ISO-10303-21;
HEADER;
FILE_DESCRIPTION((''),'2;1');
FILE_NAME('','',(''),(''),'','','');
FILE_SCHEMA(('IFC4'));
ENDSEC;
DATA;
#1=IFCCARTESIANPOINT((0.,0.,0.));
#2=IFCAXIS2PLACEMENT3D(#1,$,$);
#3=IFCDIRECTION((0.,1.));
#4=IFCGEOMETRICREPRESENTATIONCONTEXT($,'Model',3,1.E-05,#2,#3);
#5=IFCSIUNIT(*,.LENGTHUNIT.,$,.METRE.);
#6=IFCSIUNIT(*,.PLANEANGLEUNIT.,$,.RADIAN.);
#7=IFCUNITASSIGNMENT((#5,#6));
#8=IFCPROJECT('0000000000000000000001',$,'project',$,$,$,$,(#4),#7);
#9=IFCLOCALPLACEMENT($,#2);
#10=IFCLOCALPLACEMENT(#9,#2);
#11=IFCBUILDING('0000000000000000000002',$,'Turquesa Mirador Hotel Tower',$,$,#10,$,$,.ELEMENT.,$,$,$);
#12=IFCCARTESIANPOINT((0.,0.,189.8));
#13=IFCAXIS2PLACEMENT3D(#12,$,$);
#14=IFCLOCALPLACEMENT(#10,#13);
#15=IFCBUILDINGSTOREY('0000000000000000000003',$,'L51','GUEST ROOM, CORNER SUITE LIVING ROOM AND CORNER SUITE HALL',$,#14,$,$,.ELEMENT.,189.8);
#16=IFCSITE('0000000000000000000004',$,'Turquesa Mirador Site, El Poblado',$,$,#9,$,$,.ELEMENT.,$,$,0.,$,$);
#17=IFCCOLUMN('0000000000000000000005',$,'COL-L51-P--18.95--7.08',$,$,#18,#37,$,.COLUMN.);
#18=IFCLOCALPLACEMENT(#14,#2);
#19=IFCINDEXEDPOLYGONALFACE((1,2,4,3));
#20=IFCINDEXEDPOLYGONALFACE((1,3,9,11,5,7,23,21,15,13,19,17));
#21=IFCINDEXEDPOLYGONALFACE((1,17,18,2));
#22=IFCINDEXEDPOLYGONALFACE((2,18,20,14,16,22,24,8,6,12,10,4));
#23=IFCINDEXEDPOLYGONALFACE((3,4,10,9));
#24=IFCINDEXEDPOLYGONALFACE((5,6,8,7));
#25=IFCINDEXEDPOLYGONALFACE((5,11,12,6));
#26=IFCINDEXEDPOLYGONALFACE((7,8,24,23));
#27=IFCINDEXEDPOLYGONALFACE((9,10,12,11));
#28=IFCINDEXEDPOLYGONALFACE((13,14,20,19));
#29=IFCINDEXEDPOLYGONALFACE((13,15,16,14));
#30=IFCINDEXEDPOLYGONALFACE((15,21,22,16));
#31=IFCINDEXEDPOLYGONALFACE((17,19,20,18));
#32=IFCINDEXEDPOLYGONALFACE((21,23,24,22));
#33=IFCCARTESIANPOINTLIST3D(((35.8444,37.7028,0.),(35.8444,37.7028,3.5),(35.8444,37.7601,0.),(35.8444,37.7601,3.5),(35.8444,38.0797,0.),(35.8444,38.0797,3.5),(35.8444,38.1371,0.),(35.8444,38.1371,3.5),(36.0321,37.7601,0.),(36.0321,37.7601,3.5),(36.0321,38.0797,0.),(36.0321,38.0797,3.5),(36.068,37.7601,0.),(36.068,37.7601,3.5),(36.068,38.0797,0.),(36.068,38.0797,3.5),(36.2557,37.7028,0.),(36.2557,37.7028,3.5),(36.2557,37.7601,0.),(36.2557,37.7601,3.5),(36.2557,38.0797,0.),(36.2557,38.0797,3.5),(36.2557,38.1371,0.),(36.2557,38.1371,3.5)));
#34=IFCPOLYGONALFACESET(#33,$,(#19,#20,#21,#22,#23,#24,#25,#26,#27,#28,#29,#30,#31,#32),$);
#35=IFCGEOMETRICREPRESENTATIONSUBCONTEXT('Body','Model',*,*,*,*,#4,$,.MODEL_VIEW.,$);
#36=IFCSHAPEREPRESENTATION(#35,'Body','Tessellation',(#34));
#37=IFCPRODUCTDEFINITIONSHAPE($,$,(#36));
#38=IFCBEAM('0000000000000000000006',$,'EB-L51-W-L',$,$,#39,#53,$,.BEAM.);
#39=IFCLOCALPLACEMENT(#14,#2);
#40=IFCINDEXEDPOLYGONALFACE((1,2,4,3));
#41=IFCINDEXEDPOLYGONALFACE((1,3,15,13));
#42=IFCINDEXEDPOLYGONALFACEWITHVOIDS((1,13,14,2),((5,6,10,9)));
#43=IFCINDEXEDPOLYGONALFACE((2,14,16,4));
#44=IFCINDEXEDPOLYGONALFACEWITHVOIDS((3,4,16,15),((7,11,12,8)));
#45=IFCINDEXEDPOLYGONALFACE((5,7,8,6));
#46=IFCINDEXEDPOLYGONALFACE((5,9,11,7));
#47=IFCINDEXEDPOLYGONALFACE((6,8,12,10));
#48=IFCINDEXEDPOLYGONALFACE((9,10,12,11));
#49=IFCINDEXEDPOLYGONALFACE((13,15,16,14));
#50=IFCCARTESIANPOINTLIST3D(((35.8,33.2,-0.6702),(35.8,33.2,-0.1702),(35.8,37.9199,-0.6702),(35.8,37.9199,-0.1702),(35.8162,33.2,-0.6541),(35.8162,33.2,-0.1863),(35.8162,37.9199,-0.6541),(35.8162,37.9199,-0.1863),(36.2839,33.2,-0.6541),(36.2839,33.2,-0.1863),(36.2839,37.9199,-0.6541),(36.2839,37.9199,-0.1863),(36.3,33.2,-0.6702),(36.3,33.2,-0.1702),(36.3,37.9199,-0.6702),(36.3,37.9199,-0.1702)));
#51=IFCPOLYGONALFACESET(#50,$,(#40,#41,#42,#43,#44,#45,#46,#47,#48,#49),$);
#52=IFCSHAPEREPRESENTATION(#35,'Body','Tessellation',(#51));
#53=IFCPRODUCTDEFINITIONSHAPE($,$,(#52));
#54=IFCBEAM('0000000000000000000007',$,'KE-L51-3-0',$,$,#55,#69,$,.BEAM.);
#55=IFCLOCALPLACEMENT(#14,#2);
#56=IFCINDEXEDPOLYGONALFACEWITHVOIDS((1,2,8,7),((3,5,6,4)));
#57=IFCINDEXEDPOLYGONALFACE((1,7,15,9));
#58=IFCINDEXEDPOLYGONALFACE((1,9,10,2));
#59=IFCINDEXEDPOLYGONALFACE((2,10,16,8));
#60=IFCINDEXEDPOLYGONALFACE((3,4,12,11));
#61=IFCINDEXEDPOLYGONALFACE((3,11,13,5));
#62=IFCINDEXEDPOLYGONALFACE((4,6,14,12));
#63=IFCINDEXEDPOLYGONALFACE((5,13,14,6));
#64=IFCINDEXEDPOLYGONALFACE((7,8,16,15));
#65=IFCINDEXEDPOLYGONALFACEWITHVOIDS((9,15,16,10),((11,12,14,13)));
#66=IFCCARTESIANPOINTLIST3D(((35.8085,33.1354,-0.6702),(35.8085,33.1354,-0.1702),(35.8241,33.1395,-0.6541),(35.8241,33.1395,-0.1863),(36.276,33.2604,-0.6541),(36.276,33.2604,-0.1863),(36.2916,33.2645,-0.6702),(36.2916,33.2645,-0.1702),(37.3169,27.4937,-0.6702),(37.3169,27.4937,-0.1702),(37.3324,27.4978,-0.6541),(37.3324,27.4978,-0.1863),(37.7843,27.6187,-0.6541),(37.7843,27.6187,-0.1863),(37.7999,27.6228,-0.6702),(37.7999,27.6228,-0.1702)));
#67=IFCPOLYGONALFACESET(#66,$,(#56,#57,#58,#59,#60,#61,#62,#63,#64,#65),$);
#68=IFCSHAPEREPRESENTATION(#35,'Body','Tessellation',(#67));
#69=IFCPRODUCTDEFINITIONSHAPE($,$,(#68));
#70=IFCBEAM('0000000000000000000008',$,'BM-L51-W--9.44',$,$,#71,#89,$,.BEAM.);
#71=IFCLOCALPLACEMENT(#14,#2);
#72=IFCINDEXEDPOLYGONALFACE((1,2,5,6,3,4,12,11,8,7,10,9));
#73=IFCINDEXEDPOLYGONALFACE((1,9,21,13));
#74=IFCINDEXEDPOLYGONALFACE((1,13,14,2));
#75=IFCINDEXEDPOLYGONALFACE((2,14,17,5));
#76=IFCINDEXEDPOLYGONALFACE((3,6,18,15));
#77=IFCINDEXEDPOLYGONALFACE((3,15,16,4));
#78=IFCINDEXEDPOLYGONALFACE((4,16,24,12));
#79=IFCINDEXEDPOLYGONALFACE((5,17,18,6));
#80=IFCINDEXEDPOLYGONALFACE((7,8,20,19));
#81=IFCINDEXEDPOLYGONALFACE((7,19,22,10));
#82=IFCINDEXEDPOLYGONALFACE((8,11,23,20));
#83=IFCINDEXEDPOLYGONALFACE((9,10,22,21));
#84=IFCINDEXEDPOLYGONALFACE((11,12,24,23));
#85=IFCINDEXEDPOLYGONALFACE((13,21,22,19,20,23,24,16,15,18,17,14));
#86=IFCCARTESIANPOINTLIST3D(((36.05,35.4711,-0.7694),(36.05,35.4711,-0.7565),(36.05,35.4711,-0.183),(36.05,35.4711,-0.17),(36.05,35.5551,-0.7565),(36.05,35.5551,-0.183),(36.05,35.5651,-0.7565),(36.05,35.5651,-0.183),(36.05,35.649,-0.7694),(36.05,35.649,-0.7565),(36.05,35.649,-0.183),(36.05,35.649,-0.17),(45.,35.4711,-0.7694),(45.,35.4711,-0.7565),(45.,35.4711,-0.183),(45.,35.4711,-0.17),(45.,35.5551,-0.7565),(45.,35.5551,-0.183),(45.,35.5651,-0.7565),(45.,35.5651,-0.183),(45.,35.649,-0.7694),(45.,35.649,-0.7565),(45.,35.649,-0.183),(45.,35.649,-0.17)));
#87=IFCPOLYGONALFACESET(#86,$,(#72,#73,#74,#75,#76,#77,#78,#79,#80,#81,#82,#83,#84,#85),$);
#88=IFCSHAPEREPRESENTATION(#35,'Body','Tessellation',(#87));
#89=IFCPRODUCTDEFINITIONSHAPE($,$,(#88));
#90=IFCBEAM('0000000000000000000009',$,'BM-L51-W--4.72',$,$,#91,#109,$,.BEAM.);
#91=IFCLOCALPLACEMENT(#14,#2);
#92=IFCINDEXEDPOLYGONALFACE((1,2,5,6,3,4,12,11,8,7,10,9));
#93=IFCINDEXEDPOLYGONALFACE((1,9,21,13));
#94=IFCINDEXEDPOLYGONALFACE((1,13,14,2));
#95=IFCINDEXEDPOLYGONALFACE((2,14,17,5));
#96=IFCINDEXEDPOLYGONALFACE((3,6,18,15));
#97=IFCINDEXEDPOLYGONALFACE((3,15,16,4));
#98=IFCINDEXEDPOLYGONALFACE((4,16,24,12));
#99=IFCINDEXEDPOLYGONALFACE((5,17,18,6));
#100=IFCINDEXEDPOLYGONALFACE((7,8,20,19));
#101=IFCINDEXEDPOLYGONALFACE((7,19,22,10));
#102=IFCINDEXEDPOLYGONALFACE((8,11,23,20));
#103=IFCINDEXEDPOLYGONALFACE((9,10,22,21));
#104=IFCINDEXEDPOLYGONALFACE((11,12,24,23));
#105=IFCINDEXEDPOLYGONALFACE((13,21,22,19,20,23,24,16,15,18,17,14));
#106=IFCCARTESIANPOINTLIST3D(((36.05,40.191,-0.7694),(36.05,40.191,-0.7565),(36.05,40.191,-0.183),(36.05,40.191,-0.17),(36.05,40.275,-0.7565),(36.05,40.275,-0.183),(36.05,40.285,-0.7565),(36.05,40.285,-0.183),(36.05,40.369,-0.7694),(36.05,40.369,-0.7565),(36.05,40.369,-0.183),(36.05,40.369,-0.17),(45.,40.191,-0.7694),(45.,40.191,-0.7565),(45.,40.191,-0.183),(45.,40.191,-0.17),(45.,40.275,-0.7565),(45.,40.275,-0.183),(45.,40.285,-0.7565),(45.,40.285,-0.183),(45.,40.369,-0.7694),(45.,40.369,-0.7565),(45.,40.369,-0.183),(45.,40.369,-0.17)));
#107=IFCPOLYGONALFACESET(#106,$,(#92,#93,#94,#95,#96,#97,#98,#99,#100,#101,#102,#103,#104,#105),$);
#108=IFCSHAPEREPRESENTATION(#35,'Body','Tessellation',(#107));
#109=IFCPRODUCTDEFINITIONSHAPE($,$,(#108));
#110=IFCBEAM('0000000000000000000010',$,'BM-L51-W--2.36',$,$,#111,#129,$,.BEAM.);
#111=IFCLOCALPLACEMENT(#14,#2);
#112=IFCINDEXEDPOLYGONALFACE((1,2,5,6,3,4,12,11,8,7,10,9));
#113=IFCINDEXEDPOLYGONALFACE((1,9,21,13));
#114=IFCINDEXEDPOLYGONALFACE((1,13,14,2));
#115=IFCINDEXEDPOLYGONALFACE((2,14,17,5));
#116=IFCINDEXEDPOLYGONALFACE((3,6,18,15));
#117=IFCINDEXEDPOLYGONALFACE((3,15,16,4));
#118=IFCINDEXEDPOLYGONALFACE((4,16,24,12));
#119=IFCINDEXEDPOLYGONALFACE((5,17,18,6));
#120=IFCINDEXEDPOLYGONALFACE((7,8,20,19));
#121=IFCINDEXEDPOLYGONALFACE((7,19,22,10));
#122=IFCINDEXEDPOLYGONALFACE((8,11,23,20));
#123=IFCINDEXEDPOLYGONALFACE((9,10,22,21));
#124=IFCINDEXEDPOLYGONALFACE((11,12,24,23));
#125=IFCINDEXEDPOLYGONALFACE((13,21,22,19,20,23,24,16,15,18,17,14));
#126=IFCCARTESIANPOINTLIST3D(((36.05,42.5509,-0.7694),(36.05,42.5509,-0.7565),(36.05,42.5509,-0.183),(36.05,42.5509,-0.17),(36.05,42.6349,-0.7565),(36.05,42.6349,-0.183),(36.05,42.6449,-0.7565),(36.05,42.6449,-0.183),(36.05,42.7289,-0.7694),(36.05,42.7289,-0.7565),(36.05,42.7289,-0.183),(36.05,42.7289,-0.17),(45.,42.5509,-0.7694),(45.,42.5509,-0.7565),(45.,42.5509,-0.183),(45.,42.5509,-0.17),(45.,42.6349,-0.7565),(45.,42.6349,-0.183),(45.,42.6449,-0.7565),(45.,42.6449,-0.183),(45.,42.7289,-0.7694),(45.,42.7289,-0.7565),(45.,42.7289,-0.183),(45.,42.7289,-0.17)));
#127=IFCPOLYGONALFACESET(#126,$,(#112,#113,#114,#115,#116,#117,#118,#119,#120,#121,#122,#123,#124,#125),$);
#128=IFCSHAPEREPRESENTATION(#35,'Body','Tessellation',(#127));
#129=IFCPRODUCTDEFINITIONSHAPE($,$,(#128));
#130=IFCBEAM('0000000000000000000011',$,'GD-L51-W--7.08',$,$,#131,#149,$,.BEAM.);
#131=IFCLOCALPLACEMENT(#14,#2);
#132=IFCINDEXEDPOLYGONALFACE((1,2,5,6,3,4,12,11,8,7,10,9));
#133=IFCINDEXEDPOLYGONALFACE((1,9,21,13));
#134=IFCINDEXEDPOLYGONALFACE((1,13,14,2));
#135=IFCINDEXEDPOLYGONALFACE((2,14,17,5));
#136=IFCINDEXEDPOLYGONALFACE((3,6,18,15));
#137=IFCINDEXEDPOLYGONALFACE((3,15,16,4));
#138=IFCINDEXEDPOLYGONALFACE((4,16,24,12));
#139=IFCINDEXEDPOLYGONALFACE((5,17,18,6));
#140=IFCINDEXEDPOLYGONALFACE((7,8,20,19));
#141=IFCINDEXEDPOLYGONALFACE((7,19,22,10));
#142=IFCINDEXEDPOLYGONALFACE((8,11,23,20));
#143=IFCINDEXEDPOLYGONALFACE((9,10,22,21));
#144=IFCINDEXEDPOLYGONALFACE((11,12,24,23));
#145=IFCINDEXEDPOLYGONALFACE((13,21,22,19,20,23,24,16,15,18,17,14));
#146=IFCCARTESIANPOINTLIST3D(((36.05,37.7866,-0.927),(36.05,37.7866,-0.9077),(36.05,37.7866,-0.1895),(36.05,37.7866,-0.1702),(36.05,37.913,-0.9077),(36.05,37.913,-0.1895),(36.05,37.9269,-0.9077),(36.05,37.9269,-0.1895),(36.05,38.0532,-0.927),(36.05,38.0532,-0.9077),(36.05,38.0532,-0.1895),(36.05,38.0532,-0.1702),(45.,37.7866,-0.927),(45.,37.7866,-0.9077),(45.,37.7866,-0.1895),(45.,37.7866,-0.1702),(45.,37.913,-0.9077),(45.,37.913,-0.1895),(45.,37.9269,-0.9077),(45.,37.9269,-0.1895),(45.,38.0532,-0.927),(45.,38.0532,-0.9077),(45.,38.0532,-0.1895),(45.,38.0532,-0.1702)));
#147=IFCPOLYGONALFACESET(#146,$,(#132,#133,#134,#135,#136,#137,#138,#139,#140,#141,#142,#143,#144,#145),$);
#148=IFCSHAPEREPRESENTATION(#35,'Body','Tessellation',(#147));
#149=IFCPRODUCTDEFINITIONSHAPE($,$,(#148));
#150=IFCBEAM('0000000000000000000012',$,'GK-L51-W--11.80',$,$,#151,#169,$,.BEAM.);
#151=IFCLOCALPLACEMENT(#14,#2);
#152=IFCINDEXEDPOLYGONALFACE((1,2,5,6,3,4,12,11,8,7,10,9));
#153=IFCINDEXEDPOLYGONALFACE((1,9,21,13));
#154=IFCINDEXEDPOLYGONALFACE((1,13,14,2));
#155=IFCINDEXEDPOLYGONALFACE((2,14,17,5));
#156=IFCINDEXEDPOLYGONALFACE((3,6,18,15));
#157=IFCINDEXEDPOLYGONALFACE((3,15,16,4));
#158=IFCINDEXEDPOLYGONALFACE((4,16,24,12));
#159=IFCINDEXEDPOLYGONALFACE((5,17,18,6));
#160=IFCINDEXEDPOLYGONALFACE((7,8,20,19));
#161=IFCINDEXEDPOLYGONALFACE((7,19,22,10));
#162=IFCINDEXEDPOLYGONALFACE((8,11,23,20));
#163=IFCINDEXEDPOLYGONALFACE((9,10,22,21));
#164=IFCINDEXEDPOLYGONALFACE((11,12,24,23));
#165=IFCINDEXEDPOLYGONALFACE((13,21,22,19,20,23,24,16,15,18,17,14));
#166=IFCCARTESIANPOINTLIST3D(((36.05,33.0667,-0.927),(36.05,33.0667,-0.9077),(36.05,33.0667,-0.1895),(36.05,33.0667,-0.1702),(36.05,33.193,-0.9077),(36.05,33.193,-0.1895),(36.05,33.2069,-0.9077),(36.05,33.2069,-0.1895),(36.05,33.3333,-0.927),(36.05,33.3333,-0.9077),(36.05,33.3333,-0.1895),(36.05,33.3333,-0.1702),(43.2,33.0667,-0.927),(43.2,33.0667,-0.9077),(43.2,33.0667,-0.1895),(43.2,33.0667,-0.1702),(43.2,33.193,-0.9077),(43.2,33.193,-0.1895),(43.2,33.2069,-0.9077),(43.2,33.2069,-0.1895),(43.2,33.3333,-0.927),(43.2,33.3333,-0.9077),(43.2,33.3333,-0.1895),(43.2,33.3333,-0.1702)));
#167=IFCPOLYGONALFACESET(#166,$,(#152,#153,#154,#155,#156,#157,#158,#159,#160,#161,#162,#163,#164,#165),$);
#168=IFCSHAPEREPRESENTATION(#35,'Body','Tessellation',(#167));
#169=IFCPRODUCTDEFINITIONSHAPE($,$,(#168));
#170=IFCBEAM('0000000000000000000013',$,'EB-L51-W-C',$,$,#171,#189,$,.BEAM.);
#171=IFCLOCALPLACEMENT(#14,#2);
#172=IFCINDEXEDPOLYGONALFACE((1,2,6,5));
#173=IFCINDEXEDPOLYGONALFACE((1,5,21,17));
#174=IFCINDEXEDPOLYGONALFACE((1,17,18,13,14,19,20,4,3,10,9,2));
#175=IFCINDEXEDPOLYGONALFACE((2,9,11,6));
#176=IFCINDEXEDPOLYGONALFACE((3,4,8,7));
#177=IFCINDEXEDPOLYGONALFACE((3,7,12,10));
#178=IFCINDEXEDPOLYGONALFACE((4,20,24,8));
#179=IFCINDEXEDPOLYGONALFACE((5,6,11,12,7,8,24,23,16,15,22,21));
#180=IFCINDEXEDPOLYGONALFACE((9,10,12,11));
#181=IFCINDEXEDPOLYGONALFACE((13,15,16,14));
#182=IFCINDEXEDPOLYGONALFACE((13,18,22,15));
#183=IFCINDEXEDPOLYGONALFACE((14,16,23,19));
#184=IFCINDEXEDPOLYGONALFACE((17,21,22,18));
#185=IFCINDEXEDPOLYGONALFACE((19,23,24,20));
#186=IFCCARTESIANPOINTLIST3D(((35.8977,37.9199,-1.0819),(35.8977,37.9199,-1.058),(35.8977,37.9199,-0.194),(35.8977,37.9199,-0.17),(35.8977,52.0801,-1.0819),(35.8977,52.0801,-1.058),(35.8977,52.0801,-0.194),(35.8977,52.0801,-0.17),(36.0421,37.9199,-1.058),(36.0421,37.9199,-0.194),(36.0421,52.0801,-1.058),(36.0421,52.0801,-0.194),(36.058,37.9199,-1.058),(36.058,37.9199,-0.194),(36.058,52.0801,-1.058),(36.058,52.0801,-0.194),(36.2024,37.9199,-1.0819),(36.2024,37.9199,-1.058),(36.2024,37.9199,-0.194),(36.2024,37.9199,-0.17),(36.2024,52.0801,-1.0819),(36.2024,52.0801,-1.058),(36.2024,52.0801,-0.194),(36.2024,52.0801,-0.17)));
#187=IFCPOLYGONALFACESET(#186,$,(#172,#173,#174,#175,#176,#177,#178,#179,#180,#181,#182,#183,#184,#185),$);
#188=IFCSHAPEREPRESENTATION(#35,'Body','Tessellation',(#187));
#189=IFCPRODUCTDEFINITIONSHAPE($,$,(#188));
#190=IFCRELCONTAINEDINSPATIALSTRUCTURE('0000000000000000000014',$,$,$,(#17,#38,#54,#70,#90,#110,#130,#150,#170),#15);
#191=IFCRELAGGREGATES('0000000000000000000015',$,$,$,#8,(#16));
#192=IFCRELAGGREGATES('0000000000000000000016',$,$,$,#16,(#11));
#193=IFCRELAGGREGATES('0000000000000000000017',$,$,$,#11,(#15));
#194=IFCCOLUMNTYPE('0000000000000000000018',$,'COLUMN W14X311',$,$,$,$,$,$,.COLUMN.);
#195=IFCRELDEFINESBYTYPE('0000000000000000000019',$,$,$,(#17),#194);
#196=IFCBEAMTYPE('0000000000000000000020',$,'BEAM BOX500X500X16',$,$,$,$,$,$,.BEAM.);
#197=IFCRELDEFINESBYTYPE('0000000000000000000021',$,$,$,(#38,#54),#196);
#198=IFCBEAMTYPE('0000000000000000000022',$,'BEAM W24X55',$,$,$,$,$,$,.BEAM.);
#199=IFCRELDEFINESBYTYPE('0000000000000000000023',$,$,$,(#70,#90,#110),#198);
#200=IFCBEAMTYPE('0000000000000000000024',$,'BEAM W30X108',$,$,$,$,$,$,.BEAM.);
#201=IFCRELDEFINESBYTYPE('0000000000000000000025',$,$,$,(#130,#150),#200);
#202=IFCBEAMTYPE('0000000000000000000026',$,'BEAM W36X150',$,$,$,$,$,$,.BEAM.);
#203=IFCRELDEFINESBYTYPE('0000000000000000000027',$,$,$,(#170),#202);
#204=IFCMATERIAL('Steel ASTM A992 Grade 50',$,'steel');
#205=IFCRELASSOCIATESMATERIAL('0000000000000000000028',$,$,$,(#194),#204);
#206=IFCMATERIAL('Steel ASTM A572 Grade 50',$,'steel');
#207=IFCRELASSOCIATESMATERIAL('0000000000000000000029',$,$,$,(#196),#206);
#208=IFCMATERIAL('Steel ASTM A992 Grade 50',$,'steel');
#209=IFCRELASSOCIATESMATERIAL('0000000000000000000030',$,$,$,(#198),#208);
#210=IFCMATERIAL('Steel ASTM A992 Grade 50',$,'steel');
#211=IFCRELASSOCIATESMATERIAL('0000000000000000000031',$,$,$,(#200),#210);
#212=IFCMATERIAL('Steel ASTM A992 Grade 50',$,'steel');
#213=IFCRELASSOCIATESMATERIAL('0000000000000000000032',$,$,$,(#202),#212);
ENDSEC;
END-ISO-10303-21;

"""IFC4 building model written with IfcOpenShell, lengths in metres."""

from ifc_helpers import new_model, si_unit, direction, frame, origin, origin_2d, place, context, subcontext, project, spatial, hollow_rectangle, i_section, extrude, material, material_profile, profile_set, type_object, element, save


model = new_model("IFC4")

# Units and contexts
model_context = context("Model", 3, precision=1e-05, world=origin(), true_north=direction((0.0, 1.0)))
body_context = subcontext(model_context, "Body", "Model", "MODEL_VIEW")
ifc_project = project(units=[si_unit("LENGTHUNIT", "METRE"), si_unit("PLANEANGLEUNIT", "RADIAN")], contexts=[model_context])

# Site, building, storey
site_placement = place(None, origin())
site = spatial("IfcSite", under=ifc_project, at=site_placement, Name="Turquesa Mirador Site, El Poblado", CompositionType="ELEMENT", RefElevation=0.0)
building_placement = place(site_placement, origin())
building = spatial("IfcBuilding", under=site, at=building_placement, Name="Turquesa Mirador Hotel Tower", CompositionType="ELEMENT")
storey_placement = place(building_placement, frame((0.0, 0.0, 189.8)))
storey = spatial("IfcBuildingStorey", under=building, at=storey_placement, Name="L51", Description="GUEST ROOM, CORNER SUITE LIVING ROOM AND CORNER SUITE HALL", CompositionType="ELEMENT", Elevation=189.8)

# Column
ifc_material_1 = material(Name="Steel ASTM A992 Grade 50", Category="steel")
ifc_material_profile_1 = material_profile(ifc_material_1, i_section(OverallWidth=0.4114, OverallDepth=0.4343, WebThickness=0.0359, FlangeThickness=0.0574, at=origin_2d()), Name="W14X311")
ifc_profile_set_1 = profile_set([ifc_material_profile_1], Name="Steel ASTM A992 Grade 50")
column_type = type_object("IfcColumnType", Name="COLUMN W14X311", PredefinedType="COLUMN", material=ifc_profile_set_1)
column_placement = place(storey_placement, frame((36.05, 37.9199, 0.0), z_axis=(0.0, 0.0, 1.0), x_axis=(1.0, 0.0, 0.0)))
element("IfcColumn", 1, at=column_placement, inside=storey, type_object=column_type, Name="COL-L51-P--18.95--7.08", PredefinedType="COLUMN", context=body_context, shape_type="SweptSolid", body=[
    extrude(i_section(OverallWidth=0.4114, OverallDepth=0.4343, WebThickness=0.0359, FlangeThickness=0.0574, at=origin_2d()), origin(), (0.0, 0.0, 1.0), 3.5),
])

# Beams
ifc_material_2 = material(Name="Steel ASTM A572 Grade 50", Category="steel")
ifc_material_profile_2 = material_profile(ifc_material_2, hollow_rectangle(XDim=0.5, YDim=0.5, WallThickness=0.0161, at=origin_2d()), Name="BOX500X500X16")
ifc_profile_set_2 = profile_set([ifc_material_profile_2], Name="Steel ASTM A572 Grade 50")
beam_type_1 = type_object("IfcBeamType", Name="BEAM BOX500X500X16", PredefinedType="BEAM", material=ifc_profile_set_2)
beam_1_placement = place(storey_placement, frame((36.05, 33.2, -0.4202), z_axis=(0.0, 1.0, 0.0), x_axis=(-1.0, 0.0, 0.0)))
element("IfcBeam", 2, at=beam_1_placement, inside=storey, type_object=beam_type_1, Name="EB-L51-W-L", PredefinedType="BEAM", context=body_context, shape_type="SweptSolid", body=[
    extrude(hollow_rectangle(XDim=0.5, YDim=0.5, WallThickness=0.0161, at=origin_2d()), origin(), (0.0, 0.0, 1.0), 4.72),
])
beam_2_placement = place(storey_placement, frame((36.05, 33.2, -0.4202), z_axis=(0.258282, -0.96607, 0.0), x_axis=(0.96607, 0.258282, 0.0)))
element("IfcBeam", 3, at=beam_2_placement, inside=storey, type_object=beam_type_1, Name="KE-L51-3-0", PredefinedType="BEAM", context=body_context, shape_type="SweptSolid", body=[
    extrude(hollow_rectangle(XDim=0.5, YDim=0.5, WallThickness=0.0161, at=origin_2d()), origin(), (0.0, 0.0, 1.0), 5.8398),
])
ifc_material_3 = material(Name="Steel ASTM A992 Grade 50", Category="steel")
ifc_material_profile_3 = material_profile(ifc_material_3, i_section(OverallWidth=0.178, OverallDepth=0.5994, WebThickness=0.01, FlangeThickness=0.0129, at=origin_2d()), Name="W24X55")
ifc_profile_set_3 = profile_set([ifc_material_profile_3], Name="Steel ASTM A992 Grade 50")
beam_type_2 = type_object("IfcBeamType", Name="BEAM W24X55", PredefinedType="BEAM", material=ifc_profile_set_3)
for number, where, z_axis, x_axis, name in (
    (4, (36.05, 35.5601, -0.4697), (1.0, 0.0, 0.0), (0.0, 1.0, 0.0), "BM-L51-W--9.44"),
    (5, (36.05, 40.28, -0.4697), (1.0, 0.0, 0.0), (0.0, 1.0, 0.0), "BM-L51-W--4.72"),
    (6, (36.05, 42.6399, -0.4697), (1.0, 0.0, 0.0), (0.0, 1.0, 0.0), "BM-L51-W--2.36"),
):
    element("IfcBeam", number, at=place(storey_placement, frame(where, z_axis=z_axis, x_axis=x_axis)), inside=storey, type_object=beam_type_2, Name=name, PredefinedType="BEAM", context=body_context, shape_type="SweptSolid", body=[
        extrude(i_section(OverallWidth=0.178, OverallDepth=0.5994, WebThickness=0.01, FlangeThickness=0.0129, at=origin_2d()), origin(), (0.0, 0.0, 1.0), 8.95),
    ])
ifc_material_4 = material(Name="Steel ASTM A992 Grade 50", Category="steel")
ifc_material_profile_4 = material_profile(ifc_material_4, i_section(OverallWidth=0.2666, OverallDepth=0.7568, WebThickness=0.0139, FlangeThickness=0.0193, at=origin_2d()), Name="W30X108")
ifc_profile_set_4 = profile_set([ifc_material_profile_4], Name="Steel ASTM A992 Grade 50")
beam_type_3 = type_object("IfcBeamType", Name="BEAM W30X108", PredefinedType="BEAM", material=ifc_profile_set_4)
beam_3_placement = place(storey_placement, frame((36.05, 37.9199, -0.5486), z_axis=(1.0, 0.0, 0.0), x_axis=(0.0, 1.0, 0.0)))
element("IfcBeam", 7, at=beam_3_placement, inside=storey, type_object=beam_type_3, Name="GD-L51-W--7.08", PredefinedType="BEAM", context=body_context, shape_type="SweptSolid", body=[
    extrude(i_section(OverallWidth=0.2666, OverallDepth=0.7568, WebThickness=0.0139, FlangeThickness=0.0193, at=origin_2d()), origin(), (0.0, 0.0, 1.0), 8.95),
])
beam_4_placement = place(storey_placement, frame((36.05, 33.2, -0.5486), z_axis=(1.0, 0.0, 0.0), x_axis=(0.0, 1.0, 0.0)))
element("IfcBeam", 8, at=beam_4_placement, inside=storey, type_object=beam_type_3, Name="GK-L51-W--11.80", PredefinedType="BEAM", context=body_context, shape_type="SweptSolid", body=[
    extrude(i_section(OverallWidth=0.2666, OverallDepth=0.7568, WebThickness=0.0139, FlangeThickness=0.0193, at=origin_2d()), origin(), (0.0, 0.0, 1.0), 7.1499),
])
ifc_material_5 = material(Name="Steel ASTM A992 Grade 50", Category="steel")
ifc_material_profile_5 = material_profile(ifc_material_5, i_section(OverallWidth=0.3047, OverallDepth=0.9119, WebThickness=0.0159, FlangeThickness=0.0239, at=origin_2d()), Name="W36X150")
ifc_profile_set_5 = profile_set([ifc_material_profile_5], Name="Steel ASTM A992 Grade 50")
beam_type_4 = type_object("IfcBeamType", Name="BEAM W36X150", PredefinedType="BEAM", material=ifc_profile_set_5)
beam_5_placement = place(storey_placement, frame((36.05, 37.9199, -0.626), z_axis=(0.0, 1.0, 0.0), x_axis=(-1.0, 0.0, 0.0)))
element("IfcBeam", 9, at=beam_5_placement, inside=storey, type_object=beam_type_4, Name="EB-L51-W-C", PredefinedType="BEAM", context=body_context, shape_type="SweptSolid", body=[
    extrude(i_section(OverallWidth=0.3047, OverallDepth=0.9119, WebThickness=0.0159, FlangeThickness=0.0239, at=origin_2d()), origin(), (0.0, 0.0, 1.0), 14.1602),
])

save(model, "model.ifc")
